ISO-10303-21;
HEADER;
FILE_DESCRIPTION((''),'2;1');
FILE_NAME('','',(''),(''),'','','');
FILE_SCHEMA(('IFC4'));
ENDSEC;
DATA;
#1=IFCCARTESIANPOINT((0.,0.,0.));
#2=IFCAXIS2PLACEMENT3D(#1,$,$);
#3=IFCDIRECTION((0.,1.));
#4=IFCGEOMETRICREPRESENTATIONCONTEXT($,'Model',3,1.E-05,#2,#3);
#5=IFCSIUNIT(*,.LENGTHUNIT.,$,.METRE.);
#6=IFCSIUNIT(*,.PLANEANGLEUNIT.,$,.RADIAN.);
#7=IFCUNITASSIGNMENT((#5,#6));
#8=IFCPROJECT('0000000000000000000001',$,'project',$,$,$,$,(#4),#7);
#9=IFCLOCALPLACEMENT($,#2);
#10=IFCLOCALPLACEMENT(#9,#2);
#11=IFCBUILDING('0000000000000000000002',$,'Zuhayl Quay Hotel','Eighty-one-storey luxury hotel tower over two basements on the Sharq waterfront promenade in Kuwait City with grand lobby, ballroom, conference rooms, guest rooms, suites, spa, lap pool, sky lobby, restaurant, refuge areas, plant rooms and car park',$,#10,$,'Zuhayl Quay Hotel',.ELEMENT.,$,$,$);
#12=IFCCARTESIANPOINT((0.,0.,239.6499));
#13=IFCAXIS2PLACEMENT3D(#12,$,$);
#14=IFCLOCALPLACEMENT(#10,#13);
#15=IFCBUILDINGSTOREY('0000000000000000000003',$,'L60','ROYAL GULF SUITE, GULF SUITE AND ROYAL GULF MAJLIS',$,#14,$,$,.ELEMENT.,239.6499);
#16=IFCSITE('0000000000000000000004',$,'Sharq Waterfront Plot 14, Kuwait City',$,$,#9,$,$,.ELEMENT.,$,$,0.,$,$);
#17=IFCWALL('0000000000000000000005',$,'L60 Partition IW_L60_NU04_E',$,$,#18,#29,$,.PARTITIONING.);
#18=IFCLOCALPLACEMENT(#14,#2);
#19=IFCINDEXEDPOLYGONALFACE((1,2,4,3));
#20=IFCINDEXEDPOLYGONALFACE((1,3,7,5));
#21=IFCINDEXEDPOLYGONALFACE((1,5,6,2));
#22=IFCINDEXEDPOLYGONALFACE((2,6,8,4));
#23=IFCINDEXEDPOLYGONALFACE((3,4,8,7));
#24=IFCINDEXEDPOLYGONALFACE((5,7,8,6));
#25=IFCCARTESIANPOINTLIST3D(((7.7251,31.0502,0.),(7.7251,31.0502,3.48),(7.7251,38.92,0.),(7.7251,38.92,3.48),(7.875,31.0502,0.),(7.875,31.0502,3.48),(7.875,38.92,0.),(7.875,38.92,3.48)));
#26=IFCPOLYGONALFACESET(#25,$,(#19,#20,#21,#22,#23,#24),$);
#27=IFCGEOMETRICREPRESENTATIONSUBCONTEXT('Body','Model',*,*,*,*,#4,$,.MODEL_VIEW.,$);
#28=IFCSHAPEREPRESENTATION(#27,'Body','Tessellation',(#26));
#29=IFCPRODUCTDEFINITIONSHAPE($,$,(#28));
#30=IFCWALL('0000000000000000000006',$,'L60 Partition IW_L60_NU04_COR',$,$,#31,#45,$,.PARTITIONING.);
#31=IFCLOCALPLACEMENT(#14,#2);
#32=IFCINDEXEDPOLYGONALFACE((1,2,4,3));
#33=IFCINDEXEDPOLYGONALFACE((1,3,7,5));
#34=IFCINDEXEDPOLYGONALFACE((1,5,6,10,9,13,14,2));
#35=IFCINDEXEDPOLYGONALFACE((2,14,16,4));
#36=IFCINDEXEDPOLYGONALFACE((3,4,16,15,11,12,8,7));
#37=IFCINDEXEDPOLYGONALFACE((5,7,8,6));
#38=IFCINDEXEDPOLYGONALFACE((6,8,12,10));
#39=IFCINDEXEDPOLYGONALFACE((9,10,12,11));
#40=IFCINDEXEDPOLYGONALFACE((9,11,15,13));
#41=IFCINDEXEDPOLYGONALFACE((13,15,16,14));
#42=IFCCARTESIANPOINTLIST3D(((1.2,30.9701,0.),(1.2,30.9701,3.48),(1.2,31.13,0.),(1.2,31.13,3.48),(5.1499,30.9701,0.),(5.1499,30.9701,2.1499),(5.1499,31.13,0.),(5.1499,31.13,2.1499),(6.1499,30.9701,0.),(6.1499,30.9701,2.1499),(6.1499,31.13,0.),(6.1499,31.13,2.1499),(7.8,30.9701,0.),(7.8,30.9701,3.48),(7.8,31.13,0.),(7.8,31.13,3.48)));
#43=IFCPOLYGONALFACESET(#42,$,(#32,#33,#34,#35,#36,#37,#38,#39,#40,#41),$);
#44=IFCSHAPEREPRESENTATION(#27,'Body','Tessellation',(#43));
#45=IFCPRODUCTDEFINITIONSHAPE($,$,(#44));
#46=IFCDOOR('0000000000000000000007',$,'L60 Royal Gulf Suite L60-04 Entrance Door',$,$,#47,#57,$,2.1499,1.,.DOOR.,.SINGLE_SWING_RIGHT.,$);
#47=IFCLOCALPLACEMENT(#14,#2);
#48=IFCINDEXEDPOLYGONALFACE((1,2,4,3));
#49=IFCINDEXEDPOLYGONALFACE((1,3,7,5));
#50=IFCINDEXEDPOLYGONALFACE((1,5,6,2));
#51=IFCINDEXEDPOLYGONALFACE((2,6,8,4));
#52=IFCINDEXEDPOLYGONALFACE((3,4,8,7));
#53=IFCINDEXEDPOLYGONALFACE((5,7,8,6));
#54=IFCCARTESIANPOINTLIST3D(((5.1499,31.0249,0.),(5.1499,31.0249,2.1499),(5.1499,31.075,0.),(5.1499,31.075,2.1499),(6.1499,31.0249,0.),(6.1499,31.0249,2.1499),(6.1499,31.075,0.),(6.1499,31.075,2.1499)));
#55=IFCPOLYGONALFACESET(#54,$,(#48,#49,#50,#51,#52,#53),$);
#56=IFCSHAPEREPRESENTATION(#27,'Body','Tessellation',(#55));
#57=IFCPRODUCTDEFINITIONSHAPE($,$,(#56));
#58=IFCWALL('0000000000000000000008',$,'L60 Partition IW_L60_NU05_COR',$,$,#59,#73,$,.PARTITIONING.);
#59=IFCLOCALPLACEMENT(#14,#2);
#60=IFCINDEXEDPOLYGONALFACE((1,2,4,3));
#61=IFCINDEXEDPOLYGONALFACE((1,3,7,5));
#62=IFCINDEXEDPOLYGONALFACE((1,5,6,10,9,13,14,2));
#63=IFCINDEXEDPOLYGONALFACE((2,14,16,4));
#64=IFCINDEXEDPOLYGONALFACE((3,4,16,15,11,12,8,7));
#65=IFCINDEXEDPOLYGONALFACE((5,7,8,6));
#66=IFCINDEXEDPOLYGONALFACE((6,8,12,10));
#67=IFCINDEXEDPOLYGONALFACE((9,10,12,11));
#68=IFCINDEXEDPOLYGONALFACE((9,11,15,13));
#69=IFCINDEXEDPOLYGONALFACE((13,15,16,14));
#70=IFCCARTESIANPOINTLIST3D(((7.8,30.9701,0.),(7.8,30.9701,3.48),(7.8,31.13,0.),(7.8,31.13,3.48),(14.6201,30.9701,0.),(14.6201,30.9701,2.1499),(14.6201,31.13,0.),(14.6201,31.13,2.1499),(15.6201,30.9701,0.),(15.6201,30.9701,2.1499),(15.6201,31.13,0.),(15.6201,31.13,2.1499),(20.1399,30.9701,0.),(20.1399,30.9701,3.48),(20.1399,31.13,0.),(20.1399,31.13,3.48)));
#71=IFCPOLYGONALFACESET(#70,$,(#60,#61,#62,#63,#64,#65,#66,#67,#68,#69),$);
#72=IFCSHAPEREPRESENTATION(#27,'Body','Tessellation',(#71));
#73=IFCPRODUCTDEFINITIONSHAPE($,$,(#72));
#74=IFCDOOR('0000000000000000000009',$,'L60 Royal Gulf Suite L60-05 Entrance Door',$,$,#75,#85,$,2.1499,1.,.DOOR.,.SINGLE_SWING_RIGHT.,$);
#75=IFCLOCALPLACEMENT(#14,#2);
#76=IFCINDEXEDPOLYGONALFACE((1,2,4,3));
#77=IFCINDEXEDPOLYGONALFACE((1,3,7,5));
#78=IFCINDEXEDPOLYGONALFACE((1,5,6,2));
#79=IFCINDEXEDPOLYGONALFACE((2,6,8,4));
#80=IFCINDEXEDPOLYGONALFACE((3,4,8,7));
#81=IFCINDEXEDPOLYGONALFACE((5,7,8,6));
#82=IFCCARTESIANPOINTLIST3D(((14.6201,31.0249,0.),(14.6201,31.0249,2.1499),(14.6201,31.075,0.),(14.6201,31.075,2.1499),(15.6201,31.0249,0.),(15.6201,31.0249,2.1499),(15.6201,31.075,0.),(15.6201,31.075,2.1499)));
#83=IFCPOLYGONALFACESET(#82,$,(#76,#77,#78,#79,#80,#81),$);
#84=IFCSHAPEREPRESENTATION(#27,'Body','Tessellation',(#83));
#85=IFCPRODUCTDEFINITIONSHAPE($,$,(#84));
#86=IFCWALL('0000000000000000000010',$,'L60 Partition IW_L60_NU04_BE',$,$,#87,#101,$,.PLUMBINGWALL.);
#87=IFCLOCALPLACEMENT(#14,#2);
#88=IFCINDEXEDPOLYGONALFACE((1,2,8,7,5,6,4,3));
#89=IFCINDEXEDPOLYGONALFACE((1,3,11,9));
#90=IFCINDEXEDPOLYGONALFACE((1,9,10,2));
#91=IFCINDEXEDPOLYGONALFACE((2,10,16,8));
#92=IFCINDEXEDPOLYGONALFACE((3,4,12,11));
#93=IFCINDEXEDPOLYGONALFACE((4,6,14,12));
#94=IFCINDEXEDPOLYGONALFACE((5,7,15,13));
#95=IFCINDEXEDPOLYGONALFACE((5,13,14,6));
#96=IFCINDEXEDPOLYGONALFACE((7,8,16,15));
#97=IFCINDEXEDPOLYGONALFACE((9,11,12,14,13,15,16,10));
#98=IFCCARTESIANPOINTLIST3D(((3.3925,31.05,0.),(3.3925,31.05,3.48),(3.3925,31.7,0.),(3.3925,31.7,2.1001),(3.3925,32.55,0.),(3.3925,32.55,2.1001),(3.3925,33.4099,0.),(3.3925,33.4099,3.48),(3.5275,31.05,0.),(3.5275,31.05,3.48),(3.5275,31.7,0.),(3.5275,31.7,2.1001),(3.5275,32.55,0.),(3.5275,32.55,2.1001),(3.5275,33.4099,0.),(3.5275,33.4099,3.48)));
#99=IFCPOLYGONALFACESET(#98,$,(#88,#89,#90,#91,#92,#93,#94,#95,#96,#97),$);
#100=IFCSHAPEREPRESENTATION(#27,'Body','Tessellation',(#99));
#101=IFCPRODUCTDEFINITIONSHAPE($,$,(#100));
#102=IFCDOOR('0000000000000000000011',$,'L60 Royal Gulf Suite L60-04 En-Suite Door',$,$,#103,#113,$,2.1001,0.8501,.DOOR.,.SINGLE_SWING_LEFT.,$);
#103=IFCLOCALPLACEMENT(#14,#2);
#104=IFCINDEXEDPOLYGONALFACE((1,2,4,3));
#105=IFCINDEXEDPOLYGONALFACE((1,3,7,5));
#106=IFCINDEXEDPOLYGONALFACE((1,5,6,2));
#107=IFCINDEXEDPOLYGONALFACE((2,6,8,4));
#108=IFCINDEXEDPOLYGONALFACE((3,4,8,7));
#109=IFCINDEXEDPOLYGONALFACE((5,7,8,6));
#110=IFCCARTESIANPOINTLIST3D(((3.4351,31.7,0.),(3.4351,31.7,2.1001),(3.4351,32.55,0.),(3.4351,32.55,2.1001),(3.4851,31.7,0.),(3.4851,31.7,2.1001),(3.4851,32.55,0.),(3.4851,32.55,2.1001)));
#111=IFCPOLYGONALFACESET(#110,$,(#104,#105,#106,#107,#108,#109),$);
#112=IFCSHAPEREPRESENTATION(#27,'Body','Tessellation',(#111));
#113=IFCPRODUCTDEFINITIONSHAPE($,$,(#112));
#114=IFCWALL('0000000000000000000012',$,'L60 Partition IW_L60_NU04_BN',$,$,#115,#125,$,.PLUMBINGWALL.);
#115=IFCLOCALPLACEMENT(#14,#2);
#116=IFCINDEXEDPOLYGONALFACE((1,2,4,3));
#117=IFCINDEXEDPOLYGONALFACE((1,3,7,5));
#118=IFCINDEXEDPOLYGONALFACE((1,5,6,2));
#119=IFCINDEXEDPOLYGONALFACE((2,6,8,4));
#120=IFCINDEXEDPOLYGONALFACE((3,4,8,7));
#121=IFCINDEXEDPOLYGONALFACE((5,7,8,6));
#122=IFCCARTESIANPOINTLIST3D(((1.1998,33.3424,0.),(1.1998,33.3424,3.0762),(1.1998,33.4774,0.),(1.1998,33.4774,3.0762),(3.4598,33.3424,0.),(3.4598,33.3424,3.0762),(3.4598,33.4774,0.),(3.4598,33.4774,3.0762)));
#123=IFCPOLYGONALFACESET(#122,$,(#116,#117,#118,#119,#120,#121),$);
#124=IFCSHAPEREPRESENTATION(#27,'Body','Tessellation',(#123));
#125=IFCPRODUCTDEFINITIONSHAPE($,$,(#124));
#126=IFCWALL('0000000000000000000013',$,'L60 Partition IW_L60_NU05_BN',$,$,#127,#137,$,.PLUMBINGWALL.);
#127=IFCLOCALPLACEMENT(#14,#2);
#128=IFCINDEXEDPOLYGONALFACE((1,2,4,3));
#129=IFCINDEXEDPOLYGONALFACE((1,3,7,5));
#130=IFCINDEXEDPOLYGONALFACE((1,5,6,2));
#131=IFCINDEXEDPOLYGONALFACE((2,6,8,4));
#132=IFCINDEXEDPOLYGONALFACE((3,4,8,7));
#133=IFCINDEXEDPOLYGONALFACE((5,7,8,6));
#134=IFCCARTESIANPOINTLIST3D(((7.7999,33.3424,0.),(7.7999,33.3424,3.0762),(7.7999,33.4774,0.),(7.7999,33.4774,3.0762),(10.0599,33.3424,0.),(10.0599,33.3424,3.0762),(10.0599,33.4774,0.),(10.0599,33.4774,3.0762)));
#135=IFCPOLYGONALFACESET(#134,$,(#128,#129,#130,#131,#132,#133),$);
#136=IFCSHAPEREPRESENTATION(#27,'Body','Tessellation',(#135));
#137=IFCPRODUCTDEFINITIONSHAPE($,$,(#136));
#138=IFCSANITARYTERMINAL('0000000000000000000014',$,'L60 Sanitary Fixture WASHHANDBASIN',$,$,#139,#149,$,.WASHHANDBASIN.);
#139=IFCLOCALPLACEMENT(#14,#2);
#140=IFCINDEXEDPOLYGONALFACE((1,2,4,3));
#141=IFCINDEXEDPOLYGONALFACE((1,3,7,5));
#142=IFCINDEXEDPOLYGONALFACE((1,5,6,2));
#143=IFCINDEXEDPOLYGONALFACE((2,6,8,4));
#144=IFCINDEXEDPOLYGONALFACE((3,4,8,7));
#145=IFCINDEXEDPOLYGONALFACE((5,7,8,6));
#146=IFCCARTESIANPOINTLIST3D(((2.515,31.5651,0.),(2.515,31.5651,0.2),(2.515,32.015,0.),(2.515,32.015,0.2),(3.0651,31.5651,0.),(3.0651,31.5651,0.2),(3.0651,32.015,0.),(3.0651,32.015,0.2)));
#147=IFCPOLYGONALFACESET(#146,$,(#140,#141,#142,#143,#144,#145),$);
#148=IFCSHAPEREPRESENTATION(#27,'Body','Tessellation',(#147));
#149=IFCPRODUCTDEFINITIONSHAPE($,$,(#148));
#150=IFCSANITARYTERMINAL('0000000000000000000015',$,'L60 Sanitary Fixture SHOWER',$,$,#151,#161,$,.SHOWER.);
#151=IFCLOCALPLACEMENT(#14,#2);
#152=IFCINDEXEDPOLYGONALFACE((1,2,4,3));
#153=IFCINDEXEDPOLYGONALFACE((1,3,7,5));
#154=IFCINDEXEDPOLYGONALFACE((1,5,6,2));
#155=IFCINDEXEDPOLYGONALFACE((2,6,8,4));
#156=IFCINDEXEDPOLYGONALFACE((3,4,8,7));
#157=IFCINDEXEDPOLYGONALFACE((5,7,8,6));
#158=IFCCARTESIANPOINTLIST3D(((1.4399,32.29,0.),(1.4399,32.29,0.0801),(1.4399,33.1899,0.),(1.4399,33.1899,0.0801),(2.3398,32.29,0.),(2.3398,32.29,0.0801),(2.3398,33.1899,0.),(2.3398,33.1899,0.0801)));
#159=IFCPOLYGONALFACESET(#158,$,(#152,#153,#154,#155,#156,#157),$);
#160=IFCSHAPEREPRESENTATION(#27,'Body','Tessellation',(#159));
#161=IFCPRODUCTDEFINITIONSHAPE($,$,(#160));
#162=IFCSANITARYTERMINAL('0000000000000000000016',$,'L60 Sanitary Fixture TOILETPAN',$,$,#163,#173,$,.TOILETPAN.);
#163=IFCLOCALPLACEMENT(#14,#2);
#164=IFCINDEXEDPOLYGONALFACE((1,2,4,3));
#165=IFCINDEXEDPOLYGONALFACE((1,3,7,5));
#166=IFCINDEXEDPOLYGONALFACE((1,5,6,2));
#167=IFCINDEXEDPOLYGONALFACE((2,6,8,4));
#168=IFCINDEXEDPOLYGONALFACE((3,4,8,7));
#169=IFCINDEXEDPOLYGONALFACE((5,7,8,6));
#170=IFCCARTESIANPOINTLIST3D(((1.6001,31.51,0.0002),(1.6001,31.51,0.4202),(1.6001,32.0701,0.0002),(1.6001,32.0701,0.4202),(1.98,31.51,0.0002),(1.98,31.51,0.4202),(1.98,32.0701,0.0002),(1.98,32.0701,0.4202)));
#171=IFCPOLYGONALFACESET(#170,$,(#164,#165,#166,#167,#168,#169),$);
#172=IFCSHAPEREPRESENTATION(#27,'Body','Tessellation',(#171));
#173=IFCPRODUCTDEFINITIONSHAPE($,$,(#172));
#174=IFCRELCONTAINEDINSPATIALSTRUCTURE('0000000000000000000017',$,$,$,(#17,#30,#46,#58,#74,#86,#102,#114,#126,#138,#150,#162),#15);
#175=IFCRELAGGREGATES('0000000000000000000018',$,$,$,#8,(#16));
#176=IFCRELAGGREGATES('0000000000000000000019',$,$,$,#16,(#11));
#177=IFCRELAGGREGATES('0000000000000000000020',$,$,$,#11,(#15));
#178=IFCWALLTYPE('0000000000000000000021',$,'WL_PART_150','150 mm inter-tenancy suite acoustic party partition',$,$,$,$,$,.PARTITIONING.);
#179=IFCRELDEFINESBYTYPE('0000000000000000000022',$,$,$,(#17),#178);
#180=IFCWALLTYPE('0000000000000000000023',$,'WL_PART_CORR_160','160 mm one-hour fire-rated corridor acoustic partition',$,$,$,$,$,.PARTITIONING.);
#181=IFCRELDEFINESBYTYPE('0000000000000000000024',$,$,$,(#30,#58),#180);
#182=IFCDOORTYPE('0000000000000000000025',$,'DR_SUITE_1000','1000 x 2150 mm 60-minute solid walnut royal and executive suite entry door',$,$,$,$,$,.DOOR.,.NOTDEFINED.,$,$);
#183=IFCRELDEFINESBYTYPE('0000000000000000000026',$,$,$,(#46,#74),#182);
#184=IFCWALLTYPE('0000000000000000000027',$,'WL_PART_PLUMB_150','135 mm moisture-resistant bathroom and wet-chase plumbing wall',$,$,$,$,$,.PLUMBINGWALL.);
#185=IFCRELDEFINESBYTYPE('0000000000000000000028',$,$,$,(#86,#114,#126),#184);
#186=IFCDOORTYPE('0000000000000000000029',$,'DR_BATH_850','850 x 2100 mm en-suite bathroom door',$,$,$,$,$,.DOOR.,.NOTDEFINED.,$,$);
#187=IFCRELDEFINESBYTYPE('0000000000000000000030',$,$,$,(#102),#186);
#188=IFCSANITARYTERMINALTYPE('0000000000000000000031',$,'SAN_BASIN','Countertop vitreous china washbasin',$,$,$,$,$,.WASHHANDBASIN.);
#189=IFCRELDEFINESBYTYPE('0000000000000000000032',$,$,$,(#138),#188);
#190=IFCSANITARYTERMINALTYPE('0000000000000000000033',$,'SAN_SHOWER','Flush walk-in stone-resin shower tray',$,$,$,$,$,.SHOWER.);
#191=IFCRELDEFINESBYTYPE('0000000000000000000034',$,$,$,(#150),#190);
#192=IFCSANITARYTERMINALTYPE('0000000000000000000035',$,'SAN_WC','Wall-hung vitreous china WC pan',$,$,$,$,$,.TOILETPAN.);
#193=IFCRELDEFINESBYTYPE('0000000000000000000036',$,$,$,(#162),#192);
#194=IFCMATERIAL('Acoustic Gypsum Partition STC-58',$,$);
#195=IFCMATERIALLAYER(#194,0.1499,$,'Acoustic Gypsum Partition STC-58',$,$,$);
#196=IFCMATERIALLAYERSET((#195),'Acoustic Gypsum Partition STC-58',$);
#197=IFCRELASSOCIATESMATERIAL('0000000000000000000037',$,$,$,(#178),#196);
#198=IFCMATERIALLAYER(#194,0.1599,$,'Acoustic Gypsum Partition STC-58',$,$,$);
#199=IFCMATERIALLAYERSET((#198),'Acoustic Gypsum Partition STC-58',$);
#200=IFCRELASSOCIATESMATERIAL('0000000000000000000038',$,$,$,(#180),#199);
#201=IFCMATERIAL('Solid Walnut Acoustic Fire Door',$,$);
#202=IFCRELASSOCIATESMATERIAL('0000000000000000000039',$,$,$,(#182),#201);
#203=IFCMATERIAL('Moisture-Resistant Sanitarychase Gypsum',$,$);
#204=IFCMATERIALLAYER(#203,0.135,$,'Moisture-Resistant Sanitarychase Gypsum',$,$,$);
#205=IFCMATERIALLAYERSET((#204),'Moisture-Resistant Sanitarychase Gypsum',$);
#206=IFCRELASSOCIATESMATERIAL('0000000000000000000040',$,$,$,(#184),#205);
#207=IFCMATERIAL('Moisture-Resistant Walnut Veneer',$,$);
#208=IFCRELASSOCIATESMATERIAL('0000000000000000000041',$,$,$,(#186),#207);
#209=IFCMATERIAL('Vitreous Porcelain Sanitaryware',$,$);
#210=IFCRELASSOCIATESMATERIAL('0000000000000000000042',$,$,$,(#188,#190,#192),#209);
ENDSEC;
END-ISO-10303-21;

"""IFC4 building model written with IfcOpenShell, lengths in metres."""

from ifc_helpers import new_model, si_unit, direction, frame, frame_2d, origin, origin_2d, place, context, subcontext, project, spatial, rectangle, extrude, material, layer, layer_set, type_object, element, fill, save


model = new_model("IFC4")

# Units and contexts
model_context = context("Model", 3, precision=1e-05, world=origin(), true_north=direction((0.0, 1.0)))
body_context = subcontext(model_context, "Body", "Model", "MODEL_VIEW")
ifc_project = project(units=[si_unit("LENGTHUNIT", "METRE"), si_unit("PLANEANGLEUNIT", "RADIAN")], contexts=[model_context])

# Site, building, storey
site_placement = place(None, origin())
site = spatial("IfcSite", under=ifc_project, at=site_placement, Name="Sharq Waterfront Plot 14, Kuwait City", CompositionType="ELEMENT", RefElevation=0.0)
building_placement = place(site_placement, origin())
building = spatial("IfcBuilding", under=site, at=building_placement, Name="Zuhayl Quay Hotel", Description="Eighty-one-storey luxury hotel tower over two basements on the Sharq waterfront promenade in Kuwait City with grand lobby, ballroom, conference rooms, guest rooms, suites, spa, lap pool, sky lobby, restaurant, refuge areas, plant rooms and car park", LongName="Zuhayl Quay Hotel", CompositionType="ELEMENT")
storey_placement = place(building_placement, frame((0.0, 0.0, 239.6499)))
storey = spatial("IfcBuildingStorey", under=building, at=storey_placement, Name="L60", Description="ROYAL GULF SUITE, GULF SUITE AND ROYAL GULF MAJLIS", CompositionType="ELEMENT", Elevation=239.6499)

# Wall
ifc_material_1 = material(Name="Acoustic Gypsum Partition STC-58")
ifc_layer_1 = layer(ifc_material_1, 0.1499, Name="Acoustic Gypsum Partition STC-58")
ifc_layer_set_1 = layer_set([ifc_layer_1], Name="Acoustic Gypsum Partition STC-58")
wall_type_1 = type_object("IfcWallType", Name="WL_PART_150", Description="150 mm inter-tenancy suite acoustic party partition", PredefinedType="PARTITIONING", material=ifc_layer_set_1)
for number, where, z_axis, x_axis, name in (
    (1, (7.8, 31.05, 0.0), (0.0, 0.0, 1.0), (0.0, 1.0, 0.0), "L60 Partition IW_L60_NU04_E"),
):
    element("IfcWall", number, at=place(storey_placement, frame(where, z_axis=z_axis, x_axis=x_axis)), inside=storey, type_object=wall_type_1, Name=name, PredefinedType="PARTITIONING", context=body_context, shape_type="SweptSolid", body=[
        extrude(rectangle(XDim=7.8699, YDim=0.1499, at=frame_2d((3.9351, 0.0))), origin(), (0.0, 0.0, 1.0), 3.48),
    ])

# Walls, openings, doors
ifc_layer_2 = layer(ifc_material_1, 0.1599, Name="Acoustic Gypsum Partition STC-58")
ifc_layer_set_2 = layer_set([ifc_layer_2], Name="Acoustic Gypsum Partition STC-58")
wall_type_2 = type_object("IfcWallType", Name="WL_PART_CORR_160", Description="160 mm one-hour fire-rated corridor acoustic partition", PredefinedType="PARTITIONING", material=ifc_layer_set_2)
wall_1_placement = place(storey_placement, frame((1.2, 31.05, 0.0), z_axis=(0.0, 0.0, 1.0), x_axis=(1.0, 0.0, 0.0)))
wall_1 = element("IfcWall", 2, at=wall_1_placement, inside=storey, type_object=wall_type_2, Name="L60 Partition IW_L60_NU04_COR", PredefinedType="PARTITIONING", context=body_context, shape_type="SweptSolid", body=[
    extrude(rectangle(XDim=6.6001, YDim=0.1599, at=frame_2d((3.3, 0.0))), origin(), (0.0, 0.0, 1.0), 3.48),
])
opening_1_placement = place(wall_1_placement, frame((3.95, 0.0, 0.0)))
opening_1 = element("IfcOpeningElement", 3, at=opening_1_placement, cuts=wall_1, PredefinedType="OPENING", context=body_context, shape_type="SweptSolid", body=[
    extrude(rectangle(XDim=1.0, YDim=2.1499, at=frame_2d((0.5, 1.075))), frame((0.0, 0.0898, 0.0), z_axis=(0.0, -1.0, 0.0), x_axis=(1.0, 0.0, 0.0)), (0.0, 0.0, 1.0), 0.1799),
])
ifc_material_2 = material(Name="Solid Walnut Acoustic Fire Door")
door_type_1 = type_object("IfcDoorType", Name="DR_SUITE_1000", Description="1000 x 2150 mm 60-minute solid walnut royal and executive suite entry door", OperationType="NOTDEFINED", PredefinedType="DOOR", material=ifc_material_2)
door_1_placement = place(opening_1_placement, origin())
door_1 = element("IfcDoor", 4, at=door_1_placement, inside=storey, type_object=door_type_1, Name="L60 Royal Gulf Suite L60-04 Entrance Door", OperationType="SINGLE_SWING_RIGHT", OverallHeight=2.1499, OverallWidth=1.0, PredefinedType="DOOR", context=body_context, shape_type="SweptSolid", body=[
    extrude(rectangle(XDim=1.0, YDim=2.1499, at=frame_2d((0.5, 1.075))), frame((0.0, 0.0249, 0.0), z_axis=(0.0, -1.0, 0.0), x_axis=(1.0, 0.0, 0.0)), (0.0, 0.0, 1.0), 0.05),
])
fill(opening_1, door_1)
wall_2_placement = place(storey_placement, frame((7.8, 31.05, 0.0), z_axis=(0.0, 0.0, 1.0), x_axis=(1.0, 0.0, 0.0)))
wall_2 = element("IfcWall", 5, at=wall_2_placement, inside=storey, type_object=wall_type_2, Name="L60 Partition IW_L60_NU05_COR", PredefinedType="PARTITIONING", context=body_context, shape_type="SweptSolid", body=[
    extrude(rectangle(XDim=12.3398, YDim=0.1599, at=frame_2d((6.1699, 0.0))), origin(), (0.0, 0.0, 1.0), 3.48),
])
opening_2_placement = place(wall_2_placement, frame((6.8201, 0.0, 0.0)))
opening_2 = element("IfcOpeningElement", 6, at=opening_2_placement, cuts=wall_2, PredefinedType="OPENING", context=body_context, shape_type="SweptSolid", body=[
    extrude(rectangle(XDim=1.0, YDim=2.1499, at=frame_2d((0.5, 1.075))), frame((0.0, 0.0898, 0.0), z_axis=(0.0, -1.0, 0.0), x_axis=(1.0, 0.0, 0.0)), (0.0, 0.0, 1.0), 0.1799),
])
door_2_placement = place(opening_2_placement, origin())
door_2 = element("IfcDoor", 7, at=door_2_placement, inside=storey, type_object=door_type_1, Name="L60 Royal Gulf Suite L60-05 Entrance Door", OperationType="SINGLE_SWING_RIGHT", OverallHeight=2.1499, OverallWidth=1.0, PredefinedType="DOOR", context=body_context, shape_type="SweptSolid", body=[
    extrude(rectangle(XDim=1.0, YDim=2.1499, at=frame_2d((0.5, 1.075))), frame((0.0, 0.0249, 0.0), z_axis=(0.0, -1.0, 0.0), x_axis=(1.0, 0.0, 0.0)), (0.0, 0.0, 1.0), 0.05),
])
fill(opening_2, door_2)
ifc_material_3 = material(Name="Moisture-Resistant Sanitarychase Gypsum")
ifc_layer_3 = layer(ifc_material_3, 0.135, Name="Moisture-Resistant Sanitarychase Gypsum")
ifc_layer_set_3 = layer_set([ifc_layer_3], Name="Moisture-Resistant Sanitarychase Gypsum")
wall_type_3 = type_object("IfcWallType", Name="WL_PART_PLUMB_150", Description="135 mm moisture-resistant bathroom and wet-chase plumbing wall", PredefinedType="PLUMBINGWALL", material=ifc_layer_set_3)
wall_3_placement = place(storey_placement, frame((3.46, 31.05, 0.0), z_axis=(0.0, 0.0, 1.0), x_axis=(0.0, 1.0, 0.0)))
wall_3 = element("IfcWall", 8, at=wall_3_placement, inside=storey, type_object=wall_type_3, Name="L60 Partition IW_L60_NU04_BE", PredefinedType="PLUMBINGWALL", context=body_context, shape_type="SweptSolid", body=[
    extrude(rectangle(XDim=2.3599, YDim=0.135, at=frame_2d((1.1799, 0.0))), origin(), (0.0, 0.0, 1.0), 3.48),
])
opening_3_placement = place(wall_3_placement, frame((0.6499, 0.0, 0.0)))
opening_3 = element("IfcOpeningElement", 9, at=opening_3_placement, cuts=wall_3, PredefinedType="OPENING", context=body_context, shape_type="SweptSolid", body=[
    extrude(rectangle(XDim=0.8501, YDim=2.1001, at=frame_2d((0.425, 1.05))), frame((0.0, 0.0774, 0.0), z_axis=(0.0, -1.0, 0.0), x_axis=(1.0, 0.0, 0.0)), (0.0, 0.0, 1.0), 0.155),
])
ifc_material_4 = material(Name="Moisture-Resistant Walnut Veneer")
door_type_2 = type_object("IfcDoorType", Name="DR_BATH_850", Description="850 x 2100 mm en-suite bathroom door", OperationType="NOTDEFINED", PredefinedType="DOOR", material=ifc_material_4)
door_3_placement = place(opening_3_placement, origin())
door_3 = element("IfcDoor", 10, at=door_3_placement, inside=storey, type_object=door_type_2, Name="L60 Royal Gulf Suite L60-04 En-Suite Door", OperationType="SINGLE_SWING_LEFT", OverallHeight=2.1001, OverallWidth=0.8501, PredefinedType="DOOR", context=body_context, shape_type="SweptSolid", body=[
    extrude(rectangle(XDim=0.8501, YDim=2.1001, at=frame_2d((0.425, 1.05))), frame((0.0, 0.0249, 0.0), z_axis=(0.0, -1.0, 0.0), x_axis=(1.0, 0.0, 0.0)), (0.0, 0.0, 1.0), 0.05),
])
fill(opening_3, door_3)

# Walls
for number, where, z_axis, x_axis, name in (
    (11, (1.2, 33.4099, 0.0), (0.0, 0.0, 1.0), (1.0, 0.0, 0.0), "L60 Partition IW_L60_NU04_BN"),
    (12, (7.8, 33.4099, 0.0), (0.0, 0.0, 1.0), (1.0, 0.0, 0.0), "L60 Partition IW_L60_NU05_BN"),
):
    element("IfcWall", number, at=place(storey_placement, frame(where, z_axis=z_axis, x_axis=x_axis)), inside=storey, type_object=wall_type_3, Name=name, PredefinedType="PLUMBINGWALL", context=body_context, shape_type="SweptSolid", body=[
        extrude(rectangle(XDim=2.26, YDim=0.135, at=frame_2d((1.1299, 0.0))), origin(), (0.0, 0.0, 1.0), 3.0762),
    ])

# Sanitary terminals
ifc_material_5 = material(Name="Vitreous Porcelain Sanitaryware")
sanitary_terminal_type_1 = type_object("IfcSanitaryTerminalType", Name="SAN_BASIN", Description="Countertop vitreous china washbasin", PredefinedType="WASHHANDBASIN", material=ifc_material_5)
sanitary_terminal_1_placement = place(storey_placement, frame((2.79, 31.79, 0.0), z_axis=(0.0, 0.0, 1.0), x_axis=(1.0, 0.0, 0.0)))
element("IfcSanitaryTerminal", 13, at=sanitary_terminal_1_placement, inside=storey, type_object=sanitary_terminal_type_1, Name="L60 Sanitary Fixture WASHHANDBASIN", PredefinedType="WASHHANDBASIN", context=body_context, shape_type="SweptSolid", body=[
    extrude(rectangle(XDim=0.55, YDim=0.45, at=origin_2d()), origin(), (0.0, 0.0, 1.0), 0.2),
])
sanitary_terminal_type_2 = type_object("IfcSanitaryTerminalType", Name="SAN_SHOWER", Description="Flush walk-in stone-resin shower tray", PredefinedType="SHOWER", material=ifc_material_5)
sanitary_terminal_2_placement = place(storey_placement, frame((1.8899, 32.74, 0.0), z_axis=(0.0, 0.0, 1.0), x_axis=(1.0, 0.0, 0.0)))
element("IfcSanitaryTerminal", 14, at=sanitary_terminal_2_placement, inside=storey, type_object=sanitary_terminal_type_2, Name="L60 Sanitary Fixture SHOWER", PredefinedType="SHOWER", context=body_context, shape_type="SweptSolid", body=[
    extrude(rectangle(XDim=0.8999, YDim=0.8999, at=origin_2d()), origin(), (0.0, 0.0, 1.0), 0.0801),
])
sanitary_terminal_type_3 = type_object("IfcSanitaryTerminalType", Name="SAN_WC", Description="Wall-hung vitreous china WC pan", PredefinedType="TOILETPAN", material=ifc_material_5)
for number, where, z_axis, x_axis, name in (
    (15, (1.79, 31.79, 0.0002), (0.0, 0.0, 1.0), (1.0, 0.0, 0.0), "L60 Sanitary Fixture TOILETPAN"),
):
    element("IfcSanitaryTerminal", number, at=place(storey_placement, frame(where, z_axis=z_axis, x_axis=x_axis)), inside=storey, type_object=sanitary_terminal_type_3, Name=name, PredefinedType="TOILETPAN", context=body_context, shape_type="SweptSolid", body=[
        extrude(rectangle(XDim=0.3799, YDim=0.5601, at=origin_2d()), origin(), (0.0, 0.0, 1.0), 0.4199),
    ])

save(model, "model.ifc")
